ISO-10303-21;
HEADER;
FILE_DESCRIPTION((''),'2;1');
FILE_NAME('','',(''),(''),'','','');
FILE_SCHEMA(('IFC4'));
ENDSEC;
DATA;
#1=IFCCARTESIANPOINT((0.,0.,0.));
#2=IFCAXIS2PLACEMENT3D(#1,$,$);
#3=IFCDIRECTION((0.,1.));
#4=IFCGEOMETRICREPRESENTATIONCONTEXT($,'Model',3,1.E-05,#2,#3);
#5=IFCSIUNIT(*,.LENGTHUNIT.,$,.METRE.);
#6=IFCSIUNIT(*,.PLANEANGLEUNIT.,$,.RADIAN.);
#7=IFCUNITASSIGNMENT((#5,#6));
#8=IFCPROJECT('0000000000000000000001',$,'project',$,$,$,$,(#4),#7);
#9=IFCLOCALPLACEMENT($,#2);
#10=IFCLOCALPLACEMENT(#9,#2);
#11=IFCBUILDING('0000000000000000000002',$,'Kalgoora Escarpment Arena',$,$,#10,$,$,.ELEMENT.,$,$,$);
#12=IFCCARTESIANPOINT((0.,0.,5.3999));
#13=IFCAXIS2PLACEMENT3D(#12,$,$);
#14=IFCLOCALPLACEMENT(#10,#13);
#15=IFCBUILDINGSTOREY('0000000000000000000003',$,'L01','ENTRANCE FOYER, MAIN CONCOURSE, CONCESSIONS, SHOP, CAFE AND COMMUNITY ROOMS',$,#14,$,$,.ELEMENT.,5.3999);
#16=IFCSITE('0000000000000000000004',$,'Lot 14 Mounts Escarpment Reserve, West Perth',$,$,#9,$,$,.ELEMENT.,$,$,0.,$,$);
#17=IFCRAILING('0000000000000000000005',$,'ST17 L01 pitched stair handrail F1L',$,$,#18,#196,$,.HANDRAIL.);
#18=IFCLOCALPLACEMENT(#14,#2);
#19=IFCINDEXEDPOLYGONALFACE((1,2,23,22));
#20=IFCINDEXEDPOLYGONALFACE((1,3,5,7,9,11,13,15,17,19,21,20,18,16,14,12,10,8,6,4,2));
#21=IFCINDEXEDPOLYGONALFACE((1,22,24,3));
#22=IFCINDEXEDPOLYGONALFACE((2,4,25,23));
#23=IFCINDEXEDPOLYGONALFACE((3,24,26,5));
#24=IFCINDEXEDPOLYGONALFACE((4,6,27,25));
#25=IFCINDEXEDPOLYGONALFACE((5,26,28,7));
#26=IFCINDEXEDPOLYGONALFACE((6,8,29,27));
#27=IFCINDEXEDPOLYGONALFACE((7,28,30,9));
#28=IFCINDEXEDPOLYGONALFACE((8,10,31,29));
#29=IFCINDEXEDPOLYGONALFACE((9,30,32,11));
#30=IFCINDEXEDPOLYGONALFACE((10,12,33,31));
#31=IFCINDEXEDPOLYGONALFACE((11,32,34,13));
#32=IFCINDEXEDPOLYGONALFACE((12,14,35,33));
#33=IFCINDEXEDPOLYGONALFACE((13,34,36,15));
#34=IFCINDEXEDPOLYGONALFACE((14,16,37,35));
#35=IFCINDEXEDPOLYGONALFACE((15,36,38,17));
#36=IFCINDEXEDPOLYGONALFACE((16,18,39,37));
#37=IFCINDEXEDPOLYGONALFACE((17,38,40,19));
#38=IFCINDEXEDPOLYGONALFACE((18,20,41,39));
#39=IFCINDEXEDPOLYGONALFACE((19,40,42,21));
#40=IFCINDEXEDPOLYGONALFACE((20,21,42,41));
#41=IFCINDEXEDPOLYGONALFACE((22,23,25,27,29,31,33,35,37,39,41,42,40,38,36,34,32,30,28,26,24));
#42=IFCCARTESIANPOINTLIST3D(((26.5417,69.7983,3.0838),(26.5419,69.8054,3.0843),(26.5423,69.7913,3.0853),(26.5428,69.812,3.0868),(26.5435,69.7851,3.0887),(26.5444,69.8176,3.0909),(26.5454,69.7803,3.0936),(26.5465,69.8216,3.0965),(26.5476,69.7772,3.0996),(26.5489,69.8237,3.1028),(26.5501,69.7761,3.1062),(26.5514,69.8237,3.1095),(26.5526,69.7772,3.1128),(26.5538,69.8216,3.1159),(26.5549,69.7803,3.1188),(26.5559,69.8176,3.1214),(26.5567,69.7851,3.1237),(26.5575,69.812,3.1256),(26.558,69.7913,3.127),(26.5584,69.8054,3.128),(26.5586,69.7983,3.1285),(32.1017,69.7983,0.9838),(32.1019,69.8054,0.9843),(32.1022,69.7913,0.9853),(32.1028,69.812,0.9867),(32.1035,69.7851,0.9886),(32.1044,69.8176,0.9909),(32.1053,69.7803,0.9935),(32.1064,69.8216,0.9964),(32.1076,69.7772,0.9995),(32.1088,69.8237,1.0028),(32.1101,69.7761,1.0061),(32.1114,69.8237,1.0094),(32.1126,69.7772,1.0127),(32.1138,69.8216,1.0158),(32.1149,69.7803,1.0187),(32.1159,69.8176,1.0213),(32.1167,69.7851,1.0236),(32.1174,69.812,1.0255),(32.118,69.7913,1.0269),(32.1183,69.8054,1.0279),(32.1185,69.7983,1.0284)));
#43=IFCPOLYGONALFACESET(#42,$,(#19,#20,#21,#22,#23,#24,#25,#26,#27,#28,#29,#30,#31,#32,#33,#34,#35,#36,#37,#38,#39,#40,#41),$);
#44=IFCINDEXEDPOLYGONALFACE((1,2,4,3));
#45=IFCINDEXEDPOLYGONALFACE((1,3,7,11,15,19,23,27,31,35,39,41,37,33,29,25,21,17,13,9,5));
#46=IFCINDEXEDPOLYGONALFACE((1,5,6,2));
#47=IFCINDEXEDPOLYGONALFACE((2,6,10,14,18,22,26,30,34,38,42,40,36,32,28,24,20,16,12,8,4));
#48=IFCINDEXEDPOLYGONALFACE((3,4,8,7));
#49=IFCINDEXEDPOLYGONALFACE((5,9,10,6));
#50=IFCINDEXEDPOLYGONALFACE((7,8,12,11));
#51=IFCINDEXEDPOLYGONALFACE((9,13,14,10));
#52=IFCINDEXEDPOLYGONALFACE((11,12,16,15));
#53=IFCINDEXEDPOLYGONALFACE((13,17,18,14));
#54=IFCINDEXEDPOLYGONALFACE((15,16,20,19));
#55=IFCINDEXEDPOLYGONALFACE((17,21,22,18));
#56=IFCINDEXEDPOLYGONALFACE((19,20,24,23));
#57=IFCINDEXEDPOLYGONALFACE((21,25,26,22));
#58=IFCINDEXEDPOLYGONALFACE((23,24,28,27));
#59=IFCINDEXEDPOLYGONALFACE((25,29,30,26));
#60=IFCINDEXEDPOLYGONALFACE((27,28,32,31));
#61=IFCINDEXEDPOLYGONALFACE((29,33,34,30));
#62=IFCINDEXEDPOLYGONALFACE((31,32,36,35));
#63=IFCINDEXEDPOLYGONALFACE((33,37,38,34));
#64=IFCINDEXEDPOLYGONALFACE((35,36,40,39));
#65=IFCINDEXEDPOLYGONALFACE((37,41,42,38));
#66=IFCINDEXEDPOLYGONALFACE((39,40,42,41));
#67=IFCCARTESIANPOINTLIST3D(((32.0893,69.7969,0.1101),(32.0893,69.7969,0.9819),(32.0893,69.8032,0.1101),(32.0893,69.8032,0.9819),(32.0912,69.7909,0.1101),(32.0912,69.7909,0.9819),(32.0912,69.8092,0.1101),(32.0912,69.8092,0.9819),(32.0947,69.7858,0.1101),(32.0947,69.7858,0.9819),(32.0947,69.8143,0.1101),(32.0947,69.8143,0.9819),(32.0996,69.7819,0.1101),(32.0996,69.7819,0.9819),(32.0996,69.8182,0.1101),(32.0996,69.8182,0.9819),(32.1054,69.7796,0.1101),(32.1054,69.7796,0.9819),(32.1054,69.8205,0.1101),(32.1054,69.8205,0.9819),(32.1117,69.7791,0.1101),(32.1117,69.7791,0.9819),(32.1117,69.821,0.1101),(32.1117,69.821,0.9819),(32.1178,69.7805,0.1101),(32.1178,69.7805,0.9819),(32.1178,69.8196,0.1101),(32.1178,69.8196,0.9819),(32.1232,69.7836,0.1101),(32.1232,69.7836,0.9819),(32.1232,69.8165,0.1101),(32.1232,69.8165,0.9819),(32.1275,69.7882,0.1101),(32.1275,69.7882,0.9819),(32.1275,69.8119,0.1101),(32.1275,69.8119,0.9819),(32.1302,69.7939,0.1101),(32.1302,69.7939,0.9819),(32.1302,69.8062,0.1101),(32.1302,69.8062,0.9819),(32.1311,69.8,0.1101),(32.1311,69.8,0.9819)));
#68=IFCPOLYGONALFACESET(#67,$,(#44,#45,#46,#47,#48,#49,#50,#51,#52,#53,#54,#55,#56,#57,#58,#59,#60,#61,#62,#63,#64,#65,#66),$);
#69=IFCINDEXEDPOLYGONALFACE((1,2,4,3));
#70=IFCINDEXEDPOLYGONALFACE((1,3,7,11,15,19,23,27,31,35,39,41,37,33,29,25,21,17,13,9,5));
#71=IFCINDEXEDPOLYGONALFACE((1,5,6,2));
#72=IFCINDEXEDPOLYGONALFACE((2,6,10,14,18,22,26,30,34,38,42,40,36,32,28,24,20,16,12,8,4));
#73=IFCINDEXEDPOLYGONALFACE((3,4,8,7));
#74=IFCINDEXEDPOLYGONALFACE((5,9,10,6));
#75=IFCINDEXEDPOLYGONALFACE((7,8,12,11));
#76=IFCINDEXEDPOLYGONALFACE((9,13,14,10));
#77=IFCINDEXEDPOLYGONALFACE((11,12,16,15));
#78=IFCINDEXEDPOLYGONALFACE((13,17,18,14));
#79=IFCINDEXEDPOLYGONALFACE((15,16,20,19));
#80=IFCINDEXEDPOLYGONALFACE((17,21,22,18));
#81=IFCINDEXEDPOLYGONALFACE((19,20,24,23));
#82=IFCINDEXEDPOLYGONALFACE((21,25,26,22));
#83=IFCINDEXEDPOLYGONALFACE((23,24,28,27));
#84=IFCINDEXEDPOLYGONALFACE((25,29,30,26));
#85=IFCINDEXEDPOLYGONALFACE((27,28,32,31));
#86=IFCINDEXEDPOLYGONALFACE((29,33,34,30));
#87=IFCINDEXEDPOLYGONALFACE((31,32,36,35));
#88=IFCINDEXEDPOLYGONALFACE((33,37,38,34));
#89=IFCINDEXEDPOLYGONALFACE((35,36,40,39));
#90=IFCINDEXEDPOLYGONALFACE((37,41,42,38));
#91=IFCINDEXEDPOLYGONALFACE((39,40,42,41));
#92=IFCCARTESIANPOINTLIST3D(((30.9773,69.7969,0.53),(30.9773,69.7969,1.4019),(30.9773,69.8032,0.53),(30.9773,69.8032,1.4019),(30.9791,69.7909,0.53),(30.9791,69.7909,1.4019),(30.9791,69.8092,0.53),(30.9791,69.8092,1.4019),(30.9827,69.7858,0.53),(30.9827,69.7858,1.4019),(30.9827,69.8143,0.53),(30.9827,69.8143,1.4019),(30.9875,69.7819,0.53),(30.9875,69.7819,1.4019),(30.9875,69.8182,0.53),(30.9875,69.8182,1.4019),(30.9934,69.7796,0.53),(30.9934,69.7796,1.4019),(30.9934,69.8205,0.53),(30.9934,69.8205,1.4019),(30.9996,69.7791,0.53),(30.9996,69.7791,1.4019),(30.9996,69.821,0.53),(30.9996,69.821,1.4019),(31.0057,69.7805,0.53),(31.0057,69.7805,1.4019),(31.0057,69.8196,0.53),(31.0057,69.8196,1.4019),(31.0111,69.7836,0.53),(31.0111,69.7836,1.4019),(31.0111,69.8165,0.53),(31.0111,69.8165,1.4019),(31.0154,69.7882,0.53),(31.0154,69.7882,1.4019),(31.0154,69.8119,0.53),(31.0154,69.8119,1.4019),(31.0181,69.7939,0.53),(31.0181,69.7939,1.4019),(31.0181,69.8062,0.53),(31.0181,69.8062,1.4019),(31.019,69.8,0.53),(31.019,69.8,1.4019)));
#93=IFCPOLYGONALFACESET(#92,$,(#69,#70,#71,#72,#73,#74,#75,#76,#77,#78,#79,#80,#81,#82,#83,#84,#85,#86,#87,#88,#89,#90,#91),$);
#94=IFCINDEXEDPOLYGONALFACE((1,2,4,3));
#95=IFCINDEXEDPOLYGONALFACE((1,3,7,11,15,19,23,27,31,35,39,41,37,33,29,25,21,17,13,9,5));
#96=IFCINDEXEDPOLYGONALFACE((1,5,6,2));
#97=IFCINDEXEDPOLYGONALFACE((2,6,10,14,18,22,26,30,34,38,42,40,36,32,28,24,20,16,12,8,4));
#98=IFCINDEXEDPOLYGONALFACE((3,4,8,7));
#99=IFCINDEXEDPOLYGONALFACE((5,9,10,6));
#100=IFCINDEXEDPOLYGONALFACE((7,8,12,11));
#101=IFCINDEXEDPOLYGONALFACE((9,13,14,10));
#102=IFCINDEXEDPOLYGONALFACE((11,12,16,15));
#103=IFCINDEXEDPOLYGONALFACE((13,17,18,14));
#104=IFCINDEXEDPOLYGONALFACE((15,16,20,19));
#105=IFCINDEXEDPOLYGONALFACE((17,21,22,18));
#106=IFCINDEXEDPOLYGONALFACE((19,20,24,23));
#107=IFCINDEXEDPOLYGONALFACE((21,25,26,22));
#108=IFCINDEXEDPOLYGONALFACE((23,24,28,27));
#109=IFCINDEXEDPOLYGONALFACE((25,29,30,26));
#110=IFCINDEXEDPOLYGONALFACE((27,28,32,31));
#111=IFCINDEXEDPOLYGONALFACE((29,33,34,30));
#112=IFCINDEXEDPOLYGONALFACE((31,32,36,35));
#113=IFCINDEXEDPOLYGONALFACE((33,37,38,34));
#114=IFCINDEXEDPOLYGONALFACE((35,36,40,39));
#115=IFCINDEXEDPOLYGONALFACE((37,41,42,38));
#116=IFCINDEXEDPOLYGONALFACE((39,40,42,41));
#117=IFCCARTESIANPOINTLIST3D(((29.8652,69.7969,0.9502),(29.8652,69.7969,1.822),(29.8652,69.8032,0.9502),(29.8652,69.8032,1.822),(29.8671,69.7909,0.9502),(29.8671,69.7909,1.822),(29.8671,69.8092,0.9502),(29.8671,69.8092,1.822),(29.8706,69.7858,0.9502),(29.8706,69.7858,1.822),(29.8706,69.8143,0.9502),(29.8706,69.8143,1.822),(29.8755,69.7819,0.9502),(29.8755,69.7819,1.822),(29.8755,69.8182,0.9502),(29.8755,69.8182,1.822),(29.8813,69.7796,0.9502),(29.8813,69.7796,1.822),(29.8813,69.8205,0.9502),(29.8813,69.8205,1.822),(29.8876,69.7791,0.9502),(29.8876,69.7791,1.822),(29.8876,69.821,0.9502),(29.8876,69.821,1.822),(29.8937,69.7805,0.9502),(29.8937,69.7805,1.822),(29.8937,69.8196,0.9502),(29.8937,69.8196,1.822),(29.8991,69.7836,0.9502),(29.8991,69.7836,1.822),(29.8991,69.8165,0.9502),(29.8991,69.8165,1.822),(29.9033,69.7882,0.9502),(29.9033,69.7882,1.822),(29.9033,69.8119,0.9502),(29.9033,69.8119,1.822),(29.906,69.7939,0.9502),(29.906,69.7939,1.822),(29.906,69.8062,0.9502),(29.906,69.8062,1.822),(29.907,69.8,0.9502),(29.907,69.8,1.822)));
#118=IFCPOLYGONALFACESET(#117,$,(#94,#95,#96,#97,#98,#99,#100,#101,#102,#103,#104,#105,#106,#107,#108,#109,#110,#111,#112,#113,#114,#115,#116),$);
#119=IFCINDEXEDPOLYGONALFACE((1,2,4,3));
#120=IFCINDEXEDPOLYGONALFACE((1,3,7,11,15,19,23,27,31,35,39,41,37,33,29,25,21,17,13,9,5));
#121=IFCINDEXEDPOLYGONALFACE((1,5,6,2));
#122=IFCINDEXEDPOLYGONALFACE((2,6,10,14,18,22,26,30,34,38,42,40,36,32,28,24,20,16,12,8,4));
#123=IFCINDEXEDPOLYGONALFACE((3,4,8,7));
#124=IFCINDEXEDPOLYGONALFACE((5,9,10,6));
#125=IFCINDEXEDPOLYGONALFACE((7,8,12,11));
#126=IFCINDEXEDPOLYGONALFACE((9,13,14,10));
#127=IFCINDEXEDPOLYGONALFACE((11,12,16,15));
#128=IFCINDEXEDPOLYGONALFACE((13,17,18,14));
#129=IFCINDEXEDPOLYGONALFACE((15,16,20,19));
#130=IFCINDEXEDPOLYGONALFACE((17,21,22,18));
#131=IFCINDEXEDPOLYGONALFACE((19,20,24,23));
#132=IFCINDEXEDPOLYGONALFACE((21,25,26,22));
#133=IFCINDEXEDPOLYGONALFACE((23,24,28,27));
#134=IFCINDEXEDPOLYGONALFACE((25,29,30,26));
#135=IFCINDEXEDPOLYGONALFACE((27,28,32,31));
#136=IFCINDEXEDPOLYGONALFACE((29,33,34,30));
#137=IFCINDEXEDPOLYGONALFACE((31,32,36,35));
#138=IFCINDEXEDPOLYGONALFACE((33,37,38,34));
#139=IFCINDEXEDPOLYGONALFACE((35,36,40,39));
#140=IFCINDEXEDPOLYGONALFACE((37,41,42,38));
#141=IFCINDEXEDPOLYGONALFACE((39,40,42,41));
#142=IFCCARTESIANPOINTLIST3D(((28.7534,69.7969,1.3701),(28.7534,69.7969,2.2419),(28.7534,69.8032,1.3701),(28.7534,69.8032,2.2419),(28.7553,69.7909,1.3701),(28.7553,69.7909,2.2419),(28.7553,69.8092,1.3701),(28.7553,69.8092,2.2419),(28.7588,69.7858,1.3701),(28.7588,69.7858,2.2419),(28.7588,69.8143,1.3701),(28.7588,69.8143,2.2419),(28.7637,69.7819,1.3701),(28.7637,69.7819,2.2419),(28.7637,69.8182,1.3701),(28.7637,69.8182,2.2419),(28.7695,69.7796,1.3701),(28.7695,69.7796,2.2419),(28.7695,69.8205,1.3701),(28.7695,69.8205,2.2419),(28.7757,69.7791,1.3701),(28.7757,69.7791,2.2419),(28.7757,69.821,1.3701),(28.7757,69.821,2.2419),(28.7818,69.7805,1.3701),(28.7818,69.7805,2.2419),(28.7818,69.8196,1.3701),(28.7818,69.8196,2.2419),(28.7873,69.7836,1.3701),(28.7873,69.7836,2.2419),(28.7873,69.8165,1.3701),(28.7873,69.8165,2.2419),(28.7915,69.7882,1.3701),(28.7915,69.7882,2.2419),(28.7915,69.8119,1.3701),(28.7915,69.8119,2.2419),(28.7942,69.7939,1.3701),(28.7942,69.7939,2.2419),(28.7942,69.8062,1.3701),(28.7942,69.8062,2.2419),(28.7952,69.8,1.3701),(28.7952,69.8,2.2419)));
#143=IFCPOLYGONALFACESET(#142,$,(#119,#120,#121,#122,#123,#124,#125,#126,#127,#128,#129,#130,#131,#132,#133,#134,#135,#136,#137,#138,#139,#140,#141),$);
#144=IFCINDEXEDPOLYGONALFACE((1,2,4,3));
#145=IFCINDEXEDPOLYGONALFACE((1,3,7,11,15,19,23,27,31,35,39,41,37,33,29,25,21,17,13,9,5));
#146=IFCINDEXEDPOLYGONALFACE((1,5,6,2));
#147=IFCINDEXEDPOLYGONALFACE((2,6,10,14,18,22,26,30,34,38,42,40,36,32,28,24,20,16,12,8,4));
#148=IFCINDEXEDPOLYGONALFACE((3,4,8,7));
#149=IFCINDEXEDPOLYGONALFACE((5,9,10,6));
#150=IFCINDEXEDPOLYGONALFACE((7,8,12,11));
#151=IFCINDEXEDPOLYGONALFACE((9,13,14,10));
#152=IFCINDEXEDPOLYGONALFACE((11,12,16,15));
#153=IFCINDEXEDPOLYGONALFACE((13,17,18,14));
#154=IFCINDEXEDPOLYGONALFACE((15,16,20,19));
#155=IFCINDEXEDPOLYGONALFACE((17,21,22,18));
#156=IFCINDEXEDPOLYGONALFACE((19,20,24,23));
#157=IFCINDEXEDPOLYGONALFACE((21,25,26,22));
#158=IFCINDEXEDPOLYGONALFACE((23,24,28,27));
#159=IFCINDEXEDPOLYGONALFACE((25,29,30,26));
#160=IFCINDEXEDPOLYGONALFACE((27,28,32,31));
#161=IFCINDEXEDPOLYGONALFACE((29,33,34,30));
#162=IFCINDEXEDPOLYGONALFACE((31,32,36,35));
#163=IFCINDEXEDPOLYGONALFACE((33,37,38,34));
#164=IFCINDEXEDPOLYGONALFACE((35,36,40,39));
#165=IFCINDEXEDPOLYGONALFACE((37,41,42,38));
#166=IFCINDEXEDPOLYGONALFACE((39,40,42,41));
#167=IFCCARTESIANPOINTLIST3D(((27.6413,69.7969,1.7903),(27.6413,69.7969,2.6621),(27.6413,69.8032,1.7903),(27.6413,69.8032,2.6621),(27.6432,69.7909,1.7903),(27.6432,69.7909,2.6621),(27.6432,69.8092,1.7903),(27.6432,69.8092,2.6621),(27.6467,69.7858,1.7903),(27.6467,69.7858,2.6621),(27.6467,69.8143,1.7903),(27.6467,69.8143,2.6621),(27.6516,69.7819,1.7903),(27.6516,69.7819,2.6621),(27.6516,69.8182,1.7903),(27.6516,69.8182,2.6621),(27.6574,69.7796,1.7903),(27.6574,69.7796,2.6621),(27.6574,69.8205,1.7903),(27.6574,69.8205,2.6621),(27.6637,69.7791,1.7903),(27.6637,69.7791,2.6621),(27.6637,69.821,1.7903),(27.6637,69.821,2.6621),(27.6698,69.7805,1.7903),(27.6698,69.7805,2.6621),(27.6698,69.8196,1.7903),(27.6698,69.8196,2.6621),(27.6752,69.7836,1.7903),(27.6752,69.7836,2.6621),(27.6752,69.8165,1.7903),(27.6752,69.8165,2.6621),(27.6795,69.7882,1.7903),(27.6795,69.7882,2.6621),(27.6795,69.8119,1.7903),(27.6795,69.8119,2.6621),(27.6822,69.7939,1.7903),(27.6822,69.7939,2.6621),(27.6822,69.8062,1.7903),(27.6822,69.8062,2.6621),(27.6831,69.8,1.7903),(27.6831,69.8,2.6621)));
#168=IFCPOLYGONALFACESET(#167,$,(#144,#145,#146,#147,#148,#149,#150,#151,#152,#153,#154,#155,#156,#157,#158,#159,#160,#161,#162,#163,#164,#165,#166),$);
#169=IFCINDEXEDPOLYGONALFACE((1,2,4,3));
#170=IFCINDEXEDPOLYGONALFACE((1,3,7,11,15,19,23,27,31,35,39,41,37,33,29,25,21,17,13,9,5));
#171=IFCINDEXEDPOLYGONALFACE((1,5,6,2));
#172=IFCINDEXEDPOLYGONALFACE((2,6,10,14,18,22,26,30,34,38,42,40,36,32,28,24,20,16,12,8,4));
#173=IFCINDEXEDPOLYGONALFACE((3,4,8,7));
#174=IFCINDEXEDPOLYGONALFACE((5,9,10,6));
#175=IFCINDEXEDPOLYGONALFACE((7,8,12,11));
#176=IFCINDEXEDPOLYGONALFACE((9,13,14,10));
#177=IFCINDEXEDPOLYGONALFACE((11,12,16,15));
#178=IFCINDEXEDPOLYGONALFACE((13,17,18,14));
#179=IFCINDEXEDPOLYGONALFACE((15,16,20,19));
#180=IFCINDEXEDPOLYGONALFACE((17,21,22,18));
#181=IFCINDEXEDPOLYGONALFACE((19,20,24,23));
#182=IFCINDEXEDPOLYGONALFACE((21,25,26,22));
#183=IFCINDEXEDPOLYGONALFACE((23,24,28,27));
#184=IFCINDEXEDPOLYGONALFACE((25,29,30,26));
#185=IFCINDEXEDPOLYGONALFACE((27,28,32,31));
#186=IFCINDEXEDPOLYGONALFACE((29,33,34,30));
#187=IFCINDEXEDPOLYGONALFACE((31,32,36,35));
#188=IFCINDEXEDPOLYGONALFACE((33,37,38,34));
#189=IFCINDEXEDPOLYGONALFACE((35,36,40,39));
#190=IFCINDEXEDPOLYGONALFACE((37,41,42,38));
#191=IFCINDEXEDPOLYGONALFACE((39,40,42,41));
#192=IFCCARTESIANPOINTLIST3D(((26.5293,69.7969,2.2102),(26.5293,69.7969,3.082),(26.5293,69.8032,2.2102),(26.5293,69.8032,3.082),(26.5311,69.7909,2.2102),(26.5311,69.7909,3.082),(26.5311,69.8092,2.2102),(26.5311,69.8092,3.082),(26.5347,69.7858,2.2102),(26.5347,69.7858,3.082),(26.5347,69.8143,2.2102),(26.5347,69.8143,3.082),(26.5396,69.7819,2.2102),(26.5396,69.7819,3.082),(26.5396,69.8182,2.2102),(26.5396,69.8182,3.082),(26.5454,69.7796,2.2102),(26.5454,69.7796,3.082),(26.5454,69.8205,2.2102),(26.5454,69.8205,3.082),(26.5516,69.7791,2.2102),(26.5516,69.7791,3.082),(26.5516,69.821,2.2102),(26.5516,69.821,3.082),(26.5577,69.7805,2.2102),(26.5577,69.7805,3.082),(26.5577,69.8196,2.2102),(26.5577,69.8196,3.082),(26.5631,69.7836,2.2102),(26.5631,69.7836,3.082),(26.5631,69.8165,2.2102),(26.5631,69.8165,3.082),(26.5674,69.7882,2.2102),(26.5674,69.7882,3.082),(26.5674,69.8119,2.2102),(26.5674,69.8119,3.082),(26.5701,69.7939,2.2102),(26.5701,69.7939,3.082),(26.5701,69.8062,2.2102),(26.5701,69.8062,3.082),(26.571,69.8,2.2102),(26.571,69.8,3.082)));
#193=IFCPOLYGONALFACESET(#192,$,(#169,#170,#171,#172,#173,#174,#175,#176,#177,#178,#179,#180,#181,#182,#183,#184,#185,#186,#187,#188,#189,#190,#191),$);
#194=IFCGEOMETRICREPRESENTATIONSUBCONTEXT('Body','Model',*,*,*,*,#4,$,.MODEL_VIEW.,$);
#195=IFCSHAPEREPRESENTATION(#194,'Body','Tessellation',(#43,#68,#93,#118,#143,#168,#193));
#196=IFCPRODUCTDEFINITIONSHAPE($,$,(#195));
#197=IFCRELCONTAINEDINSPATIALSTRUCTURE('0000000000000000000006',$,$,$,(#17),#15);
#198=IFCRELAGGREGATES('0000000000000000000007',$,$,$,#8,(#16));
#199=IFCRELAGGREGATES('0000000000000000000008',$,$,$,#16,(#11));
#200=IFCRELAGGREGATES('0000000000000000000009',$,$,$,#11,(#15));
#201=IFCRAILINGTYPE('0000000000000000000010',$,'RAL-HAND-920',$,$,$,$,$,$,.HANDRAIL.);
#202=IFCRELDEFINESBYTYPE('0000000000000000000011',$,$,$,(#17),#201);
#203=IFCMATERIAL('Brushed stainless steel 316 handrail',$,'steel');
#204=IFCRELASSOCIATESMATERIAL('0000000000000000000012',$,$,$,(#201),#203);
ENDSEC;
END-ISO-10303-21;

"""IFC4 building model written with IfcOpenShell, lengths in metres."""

from ifc_helpers import new_model, si_unit, direction, frame, origin, origin_2d, place, context, subcontext, project, spatial, circle, extrude, material, type_object, element, save


model = new_model("IFC4")

# Units and contexts
model_context = context("Model", 3, precision=1e-05, world=origin(), true_north=direction((0.0, 1.0)))
body_context = subcontext(model_context, "Body", "Model", "MODEL_VIEW")
ifc_project = project(units=[si_unit("LENGTHUNIT", "METRE"), si_unit("PLANEANGLEUNIT", "RADIAN")], contexts=[model_context])

# Site, building, storey
site_placement = place(None, origin())
site = spatial("IfcSite", under=ifc_project, at=site_placement, Name="Lot 14 Mounts Escarpment Reserve, West Perth", CompositionType="ELEMENT", RefElevation=0.0)
building_placement = place(site_placement, origin())
building = spatial("IfcBuilding", under=site, at=building_placement, Name="Kalgoora Escarpment Arena", CompositionType="ELEMENT")
storey_placement = place(building_placement, frame((0.0, 0.0, 5.3999)))
storey = spatial("IfcBuildingStorey", under=building, at=storey_placement, Name="L01", Description="ENTRANCE FOYER, MAIN CONCOURSE, CONCESSIONS, SHOP, CAFE AND COMMUNITY ROOMS", CompositionType="ELEMENT", Elevation=5.3999)

# Railing
ifc_material_1 = material(Name="Brushed stainless steel 316 handrail", Category="steel")
railing_type_1 = type_object("IfcRailingType", Name="RAL-HAND-920", PredefinedType="HANDRAIL", material=ifc_material_1)
for number, where, name in (
    (1, (32.1101, 69.8, 0.1101), "ST17 L01 pitched stair handrail F1L"),
):
    element("IfcRailing", number, at=place(storey_placement, frame(where)), inside=storey, type_object=railing_type_1, Name=name, PredefinedType="HANDRAIL", context=body_context, shape_type="SweptSolid", body=[
        extrude(circle(Radius=0.0239, at=origin_2d()), frame((0.0, 0.0, 0.896), z_axis=(-0.935493, 0.0, 0.353346), x_axis=(0.0, -1.0, 0.0)), (0.0, 0.0, 1.0), 5.9434),
        extrude(circle(Radius=0.021, at=origin_2d()), origin(), (0.0, 0.0, 1.0), 0.8718),
        extrude(circle(Radius=0.021, at=origin_2d()), frame((-1.1121, 0.0, 0.4199)), (0.0, 0.0, 1.0), 0.8718),
        extrude(circle(Radius=0.021, at=origin_2d()), frame((-2.2241, 0.0, 0.8401)), (0.0, 0.0, 1.0), 0.8718),
        extrude(circle(Radius=0.021, at=origin_2d()), frame((-3.3359, 0.0, 1.26)), (0.0, 0.0, 1.0), 0.8718),
        extrude(circle(Radius=0.021, at=origin_2d()), frame((-4.448, 0.0, 1.6802)), (0.0, 0.0, 1.0), 0.8718),
        extrude(circle(Radius=0.021, at=origin_2d()), frame((-5.5601, 0.0, 2.1001)), (0.0, 0.0, 1.0), 0.8718),
    ])

save(model, "model.ifc")
